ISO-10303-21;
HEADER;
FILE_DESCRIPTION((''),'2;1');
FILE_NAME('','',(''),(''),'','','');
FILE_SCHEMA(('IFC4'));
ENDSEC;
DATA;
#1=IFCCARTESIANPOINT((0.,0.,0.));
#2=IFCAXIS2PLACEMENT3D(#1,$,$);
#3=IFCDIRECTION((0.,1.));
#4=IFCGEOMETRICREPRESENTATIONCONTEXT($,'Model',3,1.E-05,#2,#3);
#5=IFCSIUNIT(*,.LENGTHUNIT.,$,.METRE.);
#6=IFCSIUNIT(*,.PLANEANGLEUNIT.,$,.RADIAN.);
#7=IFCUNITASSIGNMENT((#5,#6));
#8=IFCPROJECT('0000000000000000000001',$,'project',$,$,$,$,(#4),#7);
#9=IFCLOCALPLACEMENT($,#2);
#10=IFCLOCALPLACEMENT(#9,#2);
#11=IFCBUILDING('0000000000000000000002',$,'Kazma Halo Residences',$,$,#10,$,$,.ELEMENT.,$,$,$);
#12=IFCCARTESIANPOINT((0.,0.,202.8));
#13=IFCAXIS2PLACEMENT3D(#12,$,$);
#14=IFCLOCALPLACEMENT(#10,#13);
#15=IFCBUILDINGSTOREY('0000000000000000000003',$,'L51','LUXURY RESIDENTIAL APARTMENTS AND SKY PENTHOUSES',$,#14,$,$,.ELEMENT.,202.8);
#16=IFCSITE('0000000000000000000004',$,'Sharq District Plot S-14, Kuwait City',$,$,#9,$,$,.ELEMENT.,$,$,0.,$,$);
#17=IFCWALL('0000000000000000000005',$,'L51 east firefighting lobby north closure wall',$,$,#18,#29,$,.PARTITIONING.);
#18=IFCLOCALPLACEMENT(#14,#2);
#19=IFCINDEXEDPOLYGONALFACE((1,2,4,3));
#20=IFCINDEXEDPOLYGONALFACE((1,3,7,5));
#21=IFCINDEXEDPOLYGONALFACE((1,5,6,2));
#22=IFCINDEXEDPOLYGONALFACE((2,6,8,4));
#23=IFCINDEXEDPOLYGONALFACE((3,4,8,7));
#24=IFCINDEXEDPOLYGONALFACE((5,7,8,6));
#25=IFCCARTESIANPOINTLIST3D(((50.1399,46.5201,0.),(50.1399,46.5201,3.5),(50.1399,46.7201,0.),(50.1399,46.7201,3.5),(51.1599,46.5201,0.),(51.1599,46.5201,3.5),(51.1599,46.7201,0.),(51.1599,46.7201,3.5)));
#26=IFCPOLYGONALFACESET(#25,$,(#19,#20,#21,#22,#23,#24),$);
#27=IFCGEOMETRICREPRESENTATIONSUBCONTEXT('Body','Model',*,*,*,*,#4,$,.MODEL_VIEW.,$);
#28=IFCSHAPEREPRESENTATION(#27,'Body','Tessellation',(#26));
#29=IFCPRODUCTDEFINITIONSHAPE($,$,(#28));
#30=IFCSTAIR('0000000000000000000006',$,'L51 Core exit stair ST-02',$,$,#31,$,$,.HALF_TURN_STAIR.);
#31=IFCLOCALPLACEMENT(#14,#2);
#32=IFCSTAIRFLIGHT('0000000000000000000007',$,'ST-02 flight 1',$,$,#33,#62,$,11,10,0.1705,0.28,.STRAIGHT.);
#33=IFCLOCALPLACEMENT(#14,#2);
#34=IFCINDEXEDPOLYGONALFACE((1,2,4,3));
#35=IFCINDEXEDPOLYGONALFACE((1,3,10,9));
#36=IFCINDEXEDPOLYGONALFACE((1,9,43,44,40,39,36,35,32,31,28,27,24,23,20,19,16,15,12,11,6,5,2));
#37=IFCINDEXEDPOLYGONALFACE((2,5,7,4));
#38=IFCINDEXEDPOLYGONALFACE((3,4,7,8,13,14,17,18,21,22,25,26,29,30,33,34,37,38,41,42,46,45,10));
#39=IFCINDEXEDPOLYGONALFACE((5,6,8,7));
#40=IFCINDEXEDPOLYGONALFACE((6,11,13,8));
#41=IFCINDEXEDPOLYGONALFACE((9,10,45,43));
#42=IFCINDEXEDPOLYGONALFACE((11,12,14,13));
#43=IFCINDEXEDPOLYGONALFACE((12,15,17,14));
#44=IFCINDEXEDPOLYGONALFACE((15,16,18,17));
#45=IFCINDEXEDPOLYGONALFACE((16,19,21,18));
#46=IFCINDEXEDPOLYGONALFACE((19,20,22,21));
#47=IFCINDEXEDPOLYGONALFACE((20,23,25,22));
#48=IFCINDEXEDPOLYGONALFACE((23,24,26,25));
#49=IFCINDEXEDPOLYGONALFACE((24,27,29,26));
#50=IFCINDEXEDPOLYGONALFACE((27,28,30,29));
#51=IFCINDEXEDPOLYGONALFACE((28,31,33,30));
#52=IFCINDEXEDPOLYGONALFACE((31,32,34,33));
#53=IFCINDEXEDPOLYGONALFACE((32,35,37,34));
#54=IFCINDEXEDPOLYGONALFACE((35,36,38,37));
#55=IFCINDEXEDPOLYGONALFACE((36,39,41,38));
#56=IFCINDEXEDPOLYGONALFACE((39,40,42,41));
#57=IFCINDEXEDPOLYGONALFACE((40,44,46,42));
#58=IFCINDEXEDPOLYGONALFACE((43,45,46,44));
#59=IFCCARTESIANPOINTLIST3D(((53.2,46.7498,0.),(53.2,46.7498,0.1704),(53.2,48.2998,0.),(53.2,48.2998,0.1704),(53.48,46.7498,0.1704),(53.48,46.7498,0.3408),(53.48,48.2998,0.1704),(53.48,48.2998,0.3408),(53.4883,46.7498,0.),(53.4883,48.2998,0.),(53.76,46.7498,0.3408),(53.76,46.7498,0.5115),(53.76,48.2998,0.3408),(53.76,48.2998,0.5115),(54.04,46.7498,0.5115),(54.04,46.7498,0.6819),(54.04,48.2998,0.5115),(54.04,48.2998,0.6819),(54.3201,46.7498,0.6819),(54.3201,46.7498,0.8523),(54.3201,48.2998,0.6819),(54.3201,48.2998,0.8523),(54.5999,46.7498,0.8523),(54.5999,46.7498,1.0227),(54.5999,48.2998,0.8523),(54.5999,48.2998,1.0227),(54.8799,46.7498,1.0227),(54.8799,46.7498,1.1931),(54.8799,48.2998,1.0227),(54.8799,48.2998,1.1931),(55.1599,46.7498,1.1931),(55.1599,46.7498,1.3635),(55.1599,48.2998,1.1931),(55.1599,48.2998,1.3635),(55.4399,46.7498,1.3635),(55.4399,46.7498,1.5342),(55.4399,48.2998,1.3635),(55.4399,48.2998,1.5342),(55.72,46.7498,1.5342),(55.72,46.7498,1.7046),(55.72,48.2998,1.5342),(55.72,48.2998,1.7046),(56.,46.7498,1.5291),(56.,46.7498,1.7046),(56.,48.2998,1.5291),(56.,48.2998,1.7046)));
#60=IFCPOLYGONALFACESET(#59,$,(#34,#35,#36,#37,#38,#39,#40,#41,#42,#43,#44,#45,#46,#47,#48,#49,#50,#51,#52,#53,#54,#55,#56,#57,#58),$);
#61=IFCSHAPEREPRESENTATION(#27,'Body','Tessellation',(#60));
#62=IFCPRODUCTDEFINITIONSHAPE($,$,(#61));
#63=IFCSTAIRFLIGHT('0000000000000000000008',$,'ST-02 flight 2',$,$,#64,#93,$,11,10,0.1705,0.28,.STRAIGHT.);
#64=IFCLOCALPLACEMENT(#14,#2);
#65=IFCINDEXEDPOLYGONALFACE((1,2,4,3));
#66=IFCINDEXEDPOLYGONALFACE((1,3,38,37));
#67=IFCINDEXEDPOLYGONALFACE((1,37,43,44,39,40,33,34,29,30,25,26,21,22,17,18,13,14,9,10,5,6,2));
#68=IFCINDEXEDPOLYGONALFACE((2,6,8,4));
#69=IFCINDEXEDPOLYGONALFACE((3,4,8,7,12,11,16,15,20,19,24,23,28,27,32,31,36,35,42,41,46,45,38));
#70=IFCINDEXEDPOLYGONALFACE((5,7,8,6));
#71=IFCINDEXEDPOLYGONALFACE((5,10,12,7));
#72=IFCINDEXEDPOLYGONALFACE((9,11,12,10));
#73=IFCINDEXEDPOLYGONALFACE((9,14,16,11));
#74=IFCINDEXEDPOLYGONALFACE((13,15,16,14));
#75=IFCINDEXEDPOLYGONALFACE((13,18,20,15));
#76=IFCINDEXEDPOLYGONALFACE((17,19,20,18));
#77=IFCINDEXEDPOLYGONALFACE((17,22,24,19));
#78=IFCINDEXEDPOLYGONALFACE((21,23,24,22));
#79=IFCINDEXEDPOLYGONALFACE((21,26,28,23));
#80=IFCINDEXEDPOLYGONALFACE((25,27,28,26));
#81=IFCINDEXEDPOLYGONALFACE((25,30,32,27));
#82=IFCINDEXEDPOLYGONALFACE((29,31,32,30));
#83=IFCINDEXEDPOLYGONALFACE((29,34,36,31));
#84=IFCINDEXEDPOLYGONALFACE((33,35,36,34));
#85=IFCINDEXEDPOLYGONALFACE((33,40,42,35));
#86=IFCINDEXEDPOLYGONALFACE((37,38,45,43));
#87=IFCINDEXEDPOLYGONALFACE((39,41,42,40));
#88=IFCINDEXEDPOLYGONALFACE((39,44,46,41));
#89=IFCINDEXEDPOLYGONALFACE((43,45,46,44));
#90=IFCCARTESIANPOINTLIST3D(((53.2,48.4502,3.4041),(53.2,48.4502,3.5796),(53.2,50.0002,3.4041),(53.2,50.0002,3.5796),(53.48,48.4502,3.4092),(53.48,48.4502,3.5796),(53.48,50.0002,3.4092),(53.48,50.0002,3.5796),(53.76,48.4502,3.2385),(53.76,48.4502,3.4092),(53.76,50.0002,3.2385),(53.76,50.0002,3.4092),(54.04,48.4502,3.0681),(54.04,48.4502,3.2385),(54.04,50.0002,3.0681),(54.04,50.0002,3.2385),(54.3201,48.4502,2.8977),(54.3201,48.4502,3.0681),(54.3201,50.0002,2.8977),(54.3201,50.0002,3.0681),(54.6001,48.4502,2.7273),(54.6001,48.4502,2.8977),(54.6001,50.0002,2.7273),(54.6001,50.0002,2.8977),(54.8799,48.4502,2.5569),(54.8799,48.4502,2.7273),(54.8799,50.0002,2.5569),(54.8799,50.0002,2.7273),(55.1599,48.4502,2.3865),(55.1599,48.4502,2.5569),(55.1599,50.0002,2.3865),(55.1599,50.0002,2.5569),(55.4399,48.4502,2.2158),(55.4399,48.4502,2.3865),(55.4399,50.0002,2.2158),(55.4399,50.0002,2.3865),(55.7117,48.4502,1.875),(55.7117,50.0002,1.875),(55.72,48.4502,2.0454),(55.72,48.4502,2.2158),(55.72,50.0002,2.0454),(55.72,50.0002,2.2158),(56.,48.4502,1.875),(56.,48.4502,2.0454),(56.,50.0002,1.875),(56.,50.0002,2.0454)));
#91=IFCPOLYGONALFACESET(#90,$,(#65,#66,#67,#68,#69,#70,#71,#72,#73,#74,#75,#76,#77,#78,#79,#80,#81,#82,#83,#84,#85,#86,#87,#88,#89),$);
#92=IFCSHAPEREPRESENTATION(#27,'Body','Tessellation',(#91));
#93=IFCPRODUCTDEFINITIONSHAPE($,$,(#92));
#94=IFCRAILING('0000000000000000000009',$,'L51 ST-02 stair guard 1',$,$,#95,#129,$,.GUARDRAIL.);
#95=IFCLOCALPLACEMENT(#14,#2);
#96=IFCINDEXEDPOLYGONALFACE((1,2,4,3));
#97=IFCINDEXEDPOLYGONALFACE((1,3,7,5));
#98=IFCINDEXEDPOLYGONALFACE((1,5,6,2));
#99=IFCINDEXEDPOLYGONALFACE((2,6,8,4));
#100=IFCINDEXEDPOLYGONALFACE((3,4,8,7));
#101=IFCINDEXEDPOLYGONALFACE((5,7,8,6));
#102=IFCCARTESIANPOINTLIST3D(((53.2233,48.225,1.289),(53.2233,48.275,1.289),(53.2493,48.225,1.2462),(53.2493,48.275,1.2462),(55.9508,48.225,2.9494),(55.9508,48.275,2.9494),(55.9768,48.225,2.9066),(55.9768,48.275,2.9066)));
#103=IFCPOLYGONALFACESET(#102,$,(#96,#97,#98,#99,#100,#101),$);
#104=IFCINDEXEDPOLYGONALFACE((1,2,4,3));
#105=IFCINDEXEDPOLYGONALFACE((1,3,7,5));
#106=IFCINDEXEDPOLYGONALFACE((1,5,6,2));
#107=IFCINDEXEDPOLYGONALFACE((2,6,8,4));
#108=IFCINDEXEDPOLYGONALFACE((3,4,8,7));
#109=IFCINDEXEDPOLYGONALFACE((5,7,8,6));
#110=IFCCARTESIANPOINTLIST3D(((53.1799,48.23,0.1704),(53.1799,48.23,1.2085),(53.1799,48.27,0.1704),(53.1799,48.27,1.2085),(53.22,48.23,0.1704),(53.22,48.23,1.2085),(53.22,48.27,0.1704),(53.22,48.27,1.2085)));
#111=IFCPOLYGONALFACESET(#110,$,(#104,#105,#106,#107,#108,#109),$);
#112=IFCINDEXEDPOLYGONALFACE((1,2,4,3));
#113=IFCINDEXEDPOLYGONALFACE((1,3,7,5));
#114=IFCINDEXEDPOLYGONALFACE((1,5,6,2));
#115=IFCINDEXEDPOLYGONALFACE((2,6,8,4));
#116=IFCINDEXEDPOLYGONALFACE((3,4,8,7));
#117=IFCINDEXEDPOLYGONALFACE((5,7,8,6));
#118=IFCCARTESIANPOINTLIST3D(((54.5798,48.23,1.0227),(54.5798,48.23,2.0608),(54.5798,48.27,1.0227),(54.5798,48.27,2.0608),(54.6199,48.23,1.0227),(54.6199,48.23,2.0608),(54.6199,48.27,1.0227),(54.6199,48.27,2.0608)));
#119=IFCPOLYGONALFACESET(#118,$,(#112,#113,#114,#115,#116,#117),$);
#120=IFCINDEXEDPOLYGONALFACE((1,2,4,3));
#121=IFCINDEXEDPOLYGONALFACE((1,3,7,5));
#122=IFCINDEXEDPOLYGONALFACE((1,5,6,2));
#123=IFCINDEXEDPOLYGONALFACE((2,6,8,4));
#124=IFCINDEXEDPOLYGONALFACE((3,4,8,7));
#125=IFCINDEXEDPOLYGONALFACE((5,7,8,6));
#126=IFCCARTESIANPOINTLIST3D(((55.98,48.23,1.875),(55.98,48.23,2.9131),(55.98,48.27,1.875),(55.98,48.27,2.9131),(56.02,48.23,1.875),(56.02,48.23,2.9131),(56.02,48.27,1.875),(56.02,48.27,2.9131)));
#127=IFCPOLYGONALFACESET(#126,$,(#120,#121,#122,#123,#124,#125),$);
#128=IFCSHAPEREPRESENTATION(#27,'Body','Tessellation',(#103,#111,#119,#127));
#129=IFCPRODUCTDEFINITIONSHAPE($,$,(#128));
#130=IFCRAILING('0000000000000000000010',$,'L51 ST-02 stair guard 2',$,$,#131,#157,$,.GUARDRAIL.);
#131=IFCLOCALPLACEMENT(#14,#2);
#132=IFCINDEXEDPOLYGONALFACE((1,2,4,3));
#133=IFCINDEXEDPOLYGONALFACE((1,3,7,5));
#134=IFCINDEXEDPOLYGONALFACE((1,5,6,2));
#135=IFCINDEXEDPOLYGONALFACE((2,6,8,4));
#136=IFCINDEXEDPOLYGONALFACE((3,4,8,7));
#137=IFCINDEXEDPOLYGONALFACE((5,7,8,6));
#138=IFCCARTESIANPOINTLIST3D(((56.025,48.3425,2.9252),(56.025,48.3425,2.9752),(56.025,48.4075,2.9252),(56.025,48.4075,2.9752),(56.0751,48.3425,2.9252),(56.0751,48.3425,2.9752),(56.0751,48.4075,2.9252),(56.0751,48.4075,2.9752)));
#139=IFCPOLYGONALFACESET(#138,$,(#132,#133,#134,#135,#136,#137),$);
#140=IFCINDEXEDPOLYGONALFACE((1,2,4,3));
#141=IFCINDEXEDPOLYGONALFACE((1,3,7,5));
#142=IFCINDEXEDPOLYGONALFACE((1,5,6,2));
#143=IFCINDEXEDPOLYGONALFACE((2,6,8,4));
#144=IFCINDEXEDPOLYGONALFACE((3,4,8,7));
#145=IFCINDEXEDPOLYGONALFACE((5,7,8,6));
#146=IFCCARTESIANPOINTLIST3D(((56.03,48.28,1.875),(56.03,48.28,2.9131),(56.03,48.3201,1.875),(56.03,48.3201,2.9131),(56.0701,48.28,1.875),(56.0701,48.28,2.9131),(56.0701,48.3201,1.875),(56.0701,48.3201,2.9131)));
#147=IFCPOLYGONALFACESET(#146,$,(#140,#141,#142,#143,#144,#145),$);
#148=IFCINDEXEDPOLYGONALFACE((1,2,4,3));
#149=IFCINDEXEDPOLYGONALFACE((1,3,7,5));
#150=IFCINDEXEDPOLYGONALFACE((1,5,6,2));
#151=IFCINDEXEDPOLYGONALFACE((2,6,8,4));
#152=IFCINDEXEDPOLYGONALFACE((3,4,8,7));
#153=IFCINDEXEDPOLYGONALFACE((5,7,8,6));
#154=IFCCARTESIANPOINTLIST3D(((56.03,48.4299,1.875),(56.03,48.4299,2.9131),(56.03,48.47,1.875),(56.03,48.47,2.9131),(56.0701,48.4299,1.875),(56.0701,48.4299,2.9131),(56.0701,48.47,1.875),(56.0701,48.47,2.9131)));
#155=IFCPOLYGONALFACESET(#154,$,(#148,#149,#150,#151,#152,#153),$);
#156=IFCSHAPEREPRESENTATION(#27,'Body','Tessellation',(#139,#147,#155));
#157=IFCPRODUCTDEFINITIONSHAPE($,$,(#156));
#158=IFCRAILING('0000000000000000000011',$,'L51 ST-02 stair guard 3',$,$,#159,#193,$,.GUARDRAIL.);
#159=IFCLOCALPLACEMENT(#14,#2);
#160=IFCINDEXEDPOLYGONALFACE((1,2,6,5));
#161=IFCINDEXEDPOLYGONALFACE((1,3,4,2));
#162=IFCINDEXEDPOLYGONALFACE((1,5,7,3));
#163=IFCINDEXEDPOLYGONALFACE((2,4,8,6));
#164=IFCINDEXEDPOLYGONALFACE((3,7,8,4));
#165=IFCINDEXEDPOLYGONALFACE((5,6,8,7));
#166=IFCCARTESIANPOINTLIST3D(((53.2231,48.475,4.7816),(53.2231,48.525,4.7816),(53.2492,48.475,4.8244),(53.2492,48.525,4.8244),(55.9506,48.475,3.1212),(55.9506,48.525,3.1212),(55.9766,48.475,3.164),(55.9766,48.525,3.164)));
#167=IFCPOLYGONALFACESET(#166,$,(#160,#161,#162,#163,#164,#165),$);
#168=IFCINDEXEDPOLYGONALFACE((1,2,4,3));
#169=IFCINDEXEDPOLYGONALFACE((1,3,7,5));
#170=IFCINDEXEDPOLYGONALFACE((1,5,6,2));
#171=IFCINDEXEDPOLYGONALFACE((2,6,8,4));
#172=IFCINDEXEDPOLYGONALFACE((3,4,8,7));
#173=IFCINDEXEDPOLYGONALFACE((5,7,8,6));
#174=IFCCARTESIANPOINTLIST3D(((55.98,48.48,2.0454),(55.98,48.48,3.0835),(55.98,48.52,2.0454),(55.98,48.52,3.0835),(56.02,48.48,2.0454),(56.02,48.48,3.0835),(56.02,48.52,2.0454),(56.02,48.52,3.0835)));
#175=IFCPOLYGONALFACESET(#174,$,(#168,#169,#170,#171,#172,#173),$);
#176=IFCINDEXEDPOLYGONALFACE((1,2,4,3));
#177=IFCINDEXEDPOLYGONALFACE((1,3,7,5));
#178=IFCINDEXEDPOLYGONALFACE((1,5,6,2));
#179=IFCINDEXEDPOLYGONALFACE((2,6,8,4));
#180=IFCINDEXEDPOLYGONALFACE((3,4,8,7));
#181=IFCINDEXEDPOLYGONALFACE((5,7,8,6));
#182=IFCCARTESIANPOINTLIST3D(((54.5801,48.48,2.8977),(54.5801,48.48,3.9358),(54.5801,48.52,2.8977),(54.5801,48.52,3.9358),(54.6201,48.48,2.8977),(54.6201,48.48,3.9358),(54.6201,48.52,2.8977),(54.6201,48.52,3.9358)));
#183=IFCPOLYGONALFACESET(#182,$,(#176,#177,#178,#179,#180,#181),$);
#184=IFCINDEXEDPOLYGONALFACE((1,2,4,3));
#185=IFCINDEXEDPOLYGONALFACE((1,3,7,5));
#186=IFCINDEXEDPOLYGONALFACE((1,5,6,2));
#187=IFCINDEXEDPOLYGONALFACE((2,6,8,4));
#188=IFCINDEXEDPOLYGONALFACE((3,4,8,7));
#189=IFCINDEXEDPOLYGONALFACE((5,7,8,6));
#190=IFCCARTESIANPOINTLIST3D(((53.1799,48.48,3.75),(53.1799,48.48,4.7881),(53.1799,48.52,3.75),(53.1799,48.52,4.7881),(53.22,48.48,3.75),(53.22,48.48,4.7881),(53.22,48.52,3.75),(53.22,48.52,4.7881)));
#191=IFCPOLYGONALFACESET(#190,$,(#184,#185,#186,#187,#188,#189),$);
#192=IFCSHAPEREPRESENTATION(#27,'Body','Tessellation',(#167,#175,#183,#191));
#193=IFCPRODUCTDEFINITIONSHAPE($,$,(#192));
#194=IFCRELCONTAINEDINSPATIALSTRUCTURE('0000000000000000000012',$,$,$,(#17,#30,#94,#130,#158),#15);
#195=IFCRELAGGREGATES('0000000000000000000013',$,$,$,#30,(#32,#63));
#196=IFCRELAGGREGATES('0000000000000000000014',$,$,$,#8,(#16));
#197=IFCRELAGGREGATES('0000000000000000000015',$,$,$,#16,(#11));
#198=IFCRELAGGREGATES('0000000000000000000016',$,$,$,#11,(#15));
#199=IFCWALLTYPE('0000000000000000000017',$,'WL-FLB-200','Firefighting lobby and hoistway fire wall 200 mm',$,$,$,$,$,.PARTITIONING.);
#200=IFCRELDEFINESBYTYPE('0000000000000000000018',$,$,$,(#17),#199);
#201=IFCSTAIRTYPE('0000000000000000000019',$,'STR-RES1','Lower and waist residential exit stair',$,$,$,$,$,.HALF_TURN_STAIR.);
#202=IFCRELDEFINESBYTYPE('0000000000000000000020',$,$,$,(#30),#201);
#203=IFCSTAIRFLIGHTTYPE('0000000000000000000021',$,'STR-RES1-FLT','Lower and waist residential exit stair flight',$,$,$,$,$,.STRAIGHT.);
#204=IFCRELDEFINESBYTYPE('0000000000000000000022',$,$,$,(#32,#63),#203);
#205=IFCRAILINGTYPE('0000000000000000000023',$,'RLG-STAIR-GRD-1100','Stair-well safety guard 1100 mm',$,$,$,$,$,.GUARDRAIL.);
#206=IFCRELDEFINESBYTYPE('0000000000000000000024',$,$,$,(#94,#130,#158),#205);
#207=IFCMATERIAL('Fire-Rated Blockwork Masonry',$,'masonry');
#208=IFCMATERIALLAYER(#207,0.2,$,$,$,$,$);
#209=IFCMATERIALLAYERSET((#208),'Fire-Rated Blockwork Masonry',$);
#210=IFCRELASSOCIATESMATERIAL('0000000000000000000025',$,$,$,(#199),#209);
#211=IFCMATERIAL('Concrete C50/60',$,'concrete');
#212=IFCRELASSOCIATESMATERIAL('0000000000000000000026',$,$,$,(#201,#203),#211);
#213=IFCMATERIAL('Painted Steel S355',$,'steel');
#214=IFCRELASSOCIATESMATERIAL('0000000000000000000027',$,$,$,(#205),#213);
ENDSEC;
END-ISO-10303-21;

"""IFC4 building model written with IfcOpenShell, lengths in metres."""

from ifc_helpers import new_model, si_unit, direction, frame, frame_2d, origin, origin_2d, place, context, subcontext, project, spatial, polyline, rectangle, outline, extrude, material, layer, layer_set, type_object, element, aggregate, save


model = new_model("IFC4")

# Units and contexts
model_context = context("Model", 3, precision=1e-05, world=origin(), true_north=direction((0.0, 1.0)))
body_context = subcontext(model_context, "Body", "Model", "MODEL_VIEW")
ifc_project = project(units=[si_unit("LENGTHUNIT", "METRE"), si_unit("PLANEANGLEUNIT", "RADIAN")], contexts=[model_context])

# Site, building, storey
site_placement = place(None, origin())
site = spatial("IfcSite", under=ifc_project, at=site_placement, Name="Sharq District Plot S-14, Kuwait City", CompositionType="ELEMENT", RefElevation=0.0)
building_placement = place(site_placement, origin())
building = spatial("IfcBuilding", under=site, at=building_placement, Name="Kazma Halo Residences", CompositionType="ELEMENT")
storey_placement = place(building_placement, frame((0.0, 0.0, 202.8)))
storey = spatial("IfcBuildingStorey", under=building, at=storey_placement, Name="L51", Description="LUXURY RESIDENTIAL APARTMENTS AND SKY PENTHOUSES", CompositionType="ELEMENT", Elevation=202.8)

# Shared definitions
ifc_material_1 = material(Name="Fire-Rated Blockwork Masonry", Category="masonry")
ifc_layer_1 = layer(ifc_material_1, 0.2)
ifc_layer_set_1 = layer_set([ifc_layer_1], Name="Fire-Rated Blockwork Masonry")
wall_type_1 = type_object("IfcWallType", Name="WL-FLB-200", Description="Firefighting lobby and hoistway fire wall 200 mm", PredefinedType="PARTITIONING", material=ifc_layer_set_1)

# Wall
wall_1_placement = place(storey_placement, frame((50.1399, 46.6201, 0.0), z_axis=(0.0, 0.0, 1.0), x_axis=(1.0, 0.0, 0.0)))
element("IfcWall", 1, at=wall_1_placement, inside=storey, type_object=wall_type_1, Name="L51 east firefighting lobby north closure wall", PredefinedType="PARTITIONING", context=body_context, shape_type="SweptSolid", body=[
    extrude(rectangle(XDim=1.02, YDim=0.2, at=frame_2d((0.51, 0.0))), origin(), (0.0, 0.0, 1.0), 3.5),
])

# Shared definitions
ifc_material_2 = material(Name="Concrete C50/60", Category="concrete")

# Stair, stair flights
stair_type = type_object("IfcStairType", Name="STR-RES1", Description="Lower and waist residential exit stair", PredefinedType="HALF_TURN_STAIR", material=ifc_material_2)
stair_placement = place(storey_placement, origin())
stair = element("IfcStair", 2, at=stair_placement, inside=storey, type_object=stair_type, Name="L51 Core exit stair ST-02", PredefinedType="HALF_TURN_STAIR")
stair_flight_type = type_object("IfcStairFlightType", Name="STR-RES1-FLT", Description="Lower and waist residential exit stair flight", PredefinedType="STRAIGHT", material=ifc_material_2)
stair_flight_1_placement = place(storey_placement, frame((53.2, 47.5249, 0.0), z_axis=(0.0, 0.0, 1.0), x_axis=(1.0, 0.0, 0.0)))
stair_flight_1 = element("IfcStairFlight", 3, at=stair_flight_1_placement, type_object=stair_flight_type, Name="ST-02 flight 1", NumberOfRisers=11, NumberOfTreads=10, PredefinedType="STRAIGHT", RiserHeight=0.1705, TreadLength=0.28, context=body_context, shape_type="SweptSolid", body=[
    extrude(outline(polyline([(0.0, 0.0), (0.0, 0.1704), (0.28, 0.1704), (0.28, 0.3408), (0.5601, 0.3408), (0.5601, 0.5115), (0.8401, 0.5115), (0.8401, 0.6819), (1.1201, 0.6819), (1.1201, 0.8523), (1.3999, 0.8523), (1.3999, 1.0227), (1.6799, 1.0227), (1.6799, 1.1931), (1.96, 1.1931), (1.96, 1.3635), (2.24, 1.3635), (2.24, 1.5342), (2.52, 1.5342), (2.52, 1.7046), (2.8, 1.7046), (2.8, 1.875), (2.8, 1.5291), (0.2883, 0.0), (0.0, 0.0)])), frame((0.0, 0.7749, 0.0), z_axis=(0.0, -1.0, 0.0), x_axis=(1.0, 0.0, 0.0)), (0.0, 0.0, 1.0), 1.55),
])
stair_flight_2_placement = place(storey_placement, frame((56.0, 49.2251, 1.875), z_axis=(0.0, 0.0, 1.0), x_axis=(-1.0, 0.0, 0.0)))
stair_flight_2 = element("IfcStairFlight", 4, at=stair_flight_2_placement, type_object=stair_flight_type, Name="ST-02 flight 2", NumberOfRisers=11, NumberOfTreads=10, PredefinedType="STRAIGHT", RiserHeight=0.1705, TreadLength=0.28, context=body_context, shape_type="SweptSolid", body=[
    extrude(outline(polyline([(0.0, 0.0), (0.0, 0.1704), (0.28, 0.1704), (0.28, 0.3408), (0.5601, 0.3408), (0.5601, 0.5115), (0.8401, 0.5115), (0.8401, 0.6819), (1.1201, 0.6819), (1.1201, 0.8523), (1.3999, 0.8523), (1.3999, 1.0227), (1.6799, 1.0227), (1.6799, 1.1931), (1.96, 1.1931), (1.96, 1.3635), (2.24, 1.3635), (2.24, 1.5342), (2.52, 1.5342), (2.52, 1.7046), (2.8, 1.7046), (2.8, 1.875), (2.8, 1.5291), (0.2883, 0.0), (0.0, 0.0)])), frame((0.0, 0.7749, 0.0), z_axis=(0.0, -1.0, 0.0), x_axis=(1.0, 0.0, 0.0)), (0.0, 0.0, 1.0), 1.55),
])
aggregate(stair, [stair_flight_1, stair_flight_2])

# Railings
ifc_material_3 = material(Name="Painted Steel S355", Category="steel")
railing_type_1 = type_object("IfcRailingType", Name="RLG-STAIR-GRD-1100", Description="Stair-well safety guard 1100 mm", PredefinedType="GUARDRAIL", material=ifc_material_3)
railing_1_placement = place(storey_placement, frame((53.2, 48.25, 0.1704)))
element("IfcRailing", 5, at=railing_1_placement, inside=storey, type_object=railing_type_1, Name="L51 ST-02 stair guard 1", PredefinedType="GUARDRAIL", context=body_context, shape_type="SweptSolid", body=[
    extrude(rectangle(XDim=0.05, YDim=0.05, at=origin_2d()), frame((0.0364, 0.0, 1.0972), z_axis=(0.85417, 0.0, 0.519994), x_axis=(0.0, 1.0, 0.0)), (0.0, 0.0, 1.0), 3.1931),
    extrude(rectangle(XDim=0.04, YDim=0.04, at=origin_2d()), origin(), (0.0, 0.0, 1.0), 1.0381),
    extrude(rectangle(XDim=0.04, YDim=0.04, at=origin_2d()), frame((1.3999, 0.0, 0.8523)), (0.0, 0.0, 1.0), 1.0381),
    extrude(rectangle(XDim=0.04, YDim=0.04, at=origin_2d()), frame((2.8, 0.0, 1.7046)), (0.0, 0.0, 1.0), 1.0381),
])
railing_2_placement = place(storey_placement, frame((56.05, 48.3, 1.875)))
element("IfcRailing", 6, at=railing_2_placement, inside=storey, type_object=railing_type_1, Name="L51 ST-02 stair guard 2", PredefinedType="GUARDRAIL", context=body_context, shape_type="SweptSolid", body=[
    extrude(rectangle(XDim=0.05, YDim=0.05, at=origin_2d()), frame((0.0, 0.0425, 1.0752), z_axis=(0.0, 1.0, 0.0), x_axis=(-1.0, 0.0, 0.0)), (0.0, 0.0, 1.0), 0.0649),
    extrude(rectangle(XDim=0.04, YDim=0.04, at=origin_2d()), origin(), (0.0, 0.0, 1.0), 1.0381),
    extrude(rectangle(XDim=0.04, YDim=0.04, at=origin_2d()), frame((0.0, 0.1499, 0.0)), (0.0, 0.0, 1.0), 1.0381),
])
railing_3_placement = place(storey_placement, frame((56.0, 48.5, 2.0454)))
element("IfcRailing", 7, at=railing_3_placement, inside=storey, type_object=railing_type_1, Name="L51 ST-02 stair guard 3", PredefinedType="GUARDRAIL", context=body_context, shape_type="SweptSolid", body=[
    extrude(rectangle(XDim=0.05, YDim=0.05, at=origin_2d()), frame((-0.0364, 0.0, 1.0972), z_axis=(-0.85417, 0.0, 0.519994), x_axis=(0.0, -1.0, 0.0)), (0.0, 0.0, 1.0), 3.1931),
    extrude(rectangle(XDim=0.04, YDim=0.04, at=origin_2d()), origin(), (0.0, 0.0, 1.0), 1.0381),
    extrude(rectangle(XDim=0.04, YDim=0.04, at=origin_2d()), frame((-1.3999, 0.0, 0.8523)), (0.0, 0.0, 1.0), 1.0381),
    extrude(rectangle(XDim=0.04, YDim=0.04, at=origin_2d()), frame((-2.8, 0.0, 1.7046)), (0.0, 0.0, 1.0), 1.0381),
])

save(model, "model.ifc")
